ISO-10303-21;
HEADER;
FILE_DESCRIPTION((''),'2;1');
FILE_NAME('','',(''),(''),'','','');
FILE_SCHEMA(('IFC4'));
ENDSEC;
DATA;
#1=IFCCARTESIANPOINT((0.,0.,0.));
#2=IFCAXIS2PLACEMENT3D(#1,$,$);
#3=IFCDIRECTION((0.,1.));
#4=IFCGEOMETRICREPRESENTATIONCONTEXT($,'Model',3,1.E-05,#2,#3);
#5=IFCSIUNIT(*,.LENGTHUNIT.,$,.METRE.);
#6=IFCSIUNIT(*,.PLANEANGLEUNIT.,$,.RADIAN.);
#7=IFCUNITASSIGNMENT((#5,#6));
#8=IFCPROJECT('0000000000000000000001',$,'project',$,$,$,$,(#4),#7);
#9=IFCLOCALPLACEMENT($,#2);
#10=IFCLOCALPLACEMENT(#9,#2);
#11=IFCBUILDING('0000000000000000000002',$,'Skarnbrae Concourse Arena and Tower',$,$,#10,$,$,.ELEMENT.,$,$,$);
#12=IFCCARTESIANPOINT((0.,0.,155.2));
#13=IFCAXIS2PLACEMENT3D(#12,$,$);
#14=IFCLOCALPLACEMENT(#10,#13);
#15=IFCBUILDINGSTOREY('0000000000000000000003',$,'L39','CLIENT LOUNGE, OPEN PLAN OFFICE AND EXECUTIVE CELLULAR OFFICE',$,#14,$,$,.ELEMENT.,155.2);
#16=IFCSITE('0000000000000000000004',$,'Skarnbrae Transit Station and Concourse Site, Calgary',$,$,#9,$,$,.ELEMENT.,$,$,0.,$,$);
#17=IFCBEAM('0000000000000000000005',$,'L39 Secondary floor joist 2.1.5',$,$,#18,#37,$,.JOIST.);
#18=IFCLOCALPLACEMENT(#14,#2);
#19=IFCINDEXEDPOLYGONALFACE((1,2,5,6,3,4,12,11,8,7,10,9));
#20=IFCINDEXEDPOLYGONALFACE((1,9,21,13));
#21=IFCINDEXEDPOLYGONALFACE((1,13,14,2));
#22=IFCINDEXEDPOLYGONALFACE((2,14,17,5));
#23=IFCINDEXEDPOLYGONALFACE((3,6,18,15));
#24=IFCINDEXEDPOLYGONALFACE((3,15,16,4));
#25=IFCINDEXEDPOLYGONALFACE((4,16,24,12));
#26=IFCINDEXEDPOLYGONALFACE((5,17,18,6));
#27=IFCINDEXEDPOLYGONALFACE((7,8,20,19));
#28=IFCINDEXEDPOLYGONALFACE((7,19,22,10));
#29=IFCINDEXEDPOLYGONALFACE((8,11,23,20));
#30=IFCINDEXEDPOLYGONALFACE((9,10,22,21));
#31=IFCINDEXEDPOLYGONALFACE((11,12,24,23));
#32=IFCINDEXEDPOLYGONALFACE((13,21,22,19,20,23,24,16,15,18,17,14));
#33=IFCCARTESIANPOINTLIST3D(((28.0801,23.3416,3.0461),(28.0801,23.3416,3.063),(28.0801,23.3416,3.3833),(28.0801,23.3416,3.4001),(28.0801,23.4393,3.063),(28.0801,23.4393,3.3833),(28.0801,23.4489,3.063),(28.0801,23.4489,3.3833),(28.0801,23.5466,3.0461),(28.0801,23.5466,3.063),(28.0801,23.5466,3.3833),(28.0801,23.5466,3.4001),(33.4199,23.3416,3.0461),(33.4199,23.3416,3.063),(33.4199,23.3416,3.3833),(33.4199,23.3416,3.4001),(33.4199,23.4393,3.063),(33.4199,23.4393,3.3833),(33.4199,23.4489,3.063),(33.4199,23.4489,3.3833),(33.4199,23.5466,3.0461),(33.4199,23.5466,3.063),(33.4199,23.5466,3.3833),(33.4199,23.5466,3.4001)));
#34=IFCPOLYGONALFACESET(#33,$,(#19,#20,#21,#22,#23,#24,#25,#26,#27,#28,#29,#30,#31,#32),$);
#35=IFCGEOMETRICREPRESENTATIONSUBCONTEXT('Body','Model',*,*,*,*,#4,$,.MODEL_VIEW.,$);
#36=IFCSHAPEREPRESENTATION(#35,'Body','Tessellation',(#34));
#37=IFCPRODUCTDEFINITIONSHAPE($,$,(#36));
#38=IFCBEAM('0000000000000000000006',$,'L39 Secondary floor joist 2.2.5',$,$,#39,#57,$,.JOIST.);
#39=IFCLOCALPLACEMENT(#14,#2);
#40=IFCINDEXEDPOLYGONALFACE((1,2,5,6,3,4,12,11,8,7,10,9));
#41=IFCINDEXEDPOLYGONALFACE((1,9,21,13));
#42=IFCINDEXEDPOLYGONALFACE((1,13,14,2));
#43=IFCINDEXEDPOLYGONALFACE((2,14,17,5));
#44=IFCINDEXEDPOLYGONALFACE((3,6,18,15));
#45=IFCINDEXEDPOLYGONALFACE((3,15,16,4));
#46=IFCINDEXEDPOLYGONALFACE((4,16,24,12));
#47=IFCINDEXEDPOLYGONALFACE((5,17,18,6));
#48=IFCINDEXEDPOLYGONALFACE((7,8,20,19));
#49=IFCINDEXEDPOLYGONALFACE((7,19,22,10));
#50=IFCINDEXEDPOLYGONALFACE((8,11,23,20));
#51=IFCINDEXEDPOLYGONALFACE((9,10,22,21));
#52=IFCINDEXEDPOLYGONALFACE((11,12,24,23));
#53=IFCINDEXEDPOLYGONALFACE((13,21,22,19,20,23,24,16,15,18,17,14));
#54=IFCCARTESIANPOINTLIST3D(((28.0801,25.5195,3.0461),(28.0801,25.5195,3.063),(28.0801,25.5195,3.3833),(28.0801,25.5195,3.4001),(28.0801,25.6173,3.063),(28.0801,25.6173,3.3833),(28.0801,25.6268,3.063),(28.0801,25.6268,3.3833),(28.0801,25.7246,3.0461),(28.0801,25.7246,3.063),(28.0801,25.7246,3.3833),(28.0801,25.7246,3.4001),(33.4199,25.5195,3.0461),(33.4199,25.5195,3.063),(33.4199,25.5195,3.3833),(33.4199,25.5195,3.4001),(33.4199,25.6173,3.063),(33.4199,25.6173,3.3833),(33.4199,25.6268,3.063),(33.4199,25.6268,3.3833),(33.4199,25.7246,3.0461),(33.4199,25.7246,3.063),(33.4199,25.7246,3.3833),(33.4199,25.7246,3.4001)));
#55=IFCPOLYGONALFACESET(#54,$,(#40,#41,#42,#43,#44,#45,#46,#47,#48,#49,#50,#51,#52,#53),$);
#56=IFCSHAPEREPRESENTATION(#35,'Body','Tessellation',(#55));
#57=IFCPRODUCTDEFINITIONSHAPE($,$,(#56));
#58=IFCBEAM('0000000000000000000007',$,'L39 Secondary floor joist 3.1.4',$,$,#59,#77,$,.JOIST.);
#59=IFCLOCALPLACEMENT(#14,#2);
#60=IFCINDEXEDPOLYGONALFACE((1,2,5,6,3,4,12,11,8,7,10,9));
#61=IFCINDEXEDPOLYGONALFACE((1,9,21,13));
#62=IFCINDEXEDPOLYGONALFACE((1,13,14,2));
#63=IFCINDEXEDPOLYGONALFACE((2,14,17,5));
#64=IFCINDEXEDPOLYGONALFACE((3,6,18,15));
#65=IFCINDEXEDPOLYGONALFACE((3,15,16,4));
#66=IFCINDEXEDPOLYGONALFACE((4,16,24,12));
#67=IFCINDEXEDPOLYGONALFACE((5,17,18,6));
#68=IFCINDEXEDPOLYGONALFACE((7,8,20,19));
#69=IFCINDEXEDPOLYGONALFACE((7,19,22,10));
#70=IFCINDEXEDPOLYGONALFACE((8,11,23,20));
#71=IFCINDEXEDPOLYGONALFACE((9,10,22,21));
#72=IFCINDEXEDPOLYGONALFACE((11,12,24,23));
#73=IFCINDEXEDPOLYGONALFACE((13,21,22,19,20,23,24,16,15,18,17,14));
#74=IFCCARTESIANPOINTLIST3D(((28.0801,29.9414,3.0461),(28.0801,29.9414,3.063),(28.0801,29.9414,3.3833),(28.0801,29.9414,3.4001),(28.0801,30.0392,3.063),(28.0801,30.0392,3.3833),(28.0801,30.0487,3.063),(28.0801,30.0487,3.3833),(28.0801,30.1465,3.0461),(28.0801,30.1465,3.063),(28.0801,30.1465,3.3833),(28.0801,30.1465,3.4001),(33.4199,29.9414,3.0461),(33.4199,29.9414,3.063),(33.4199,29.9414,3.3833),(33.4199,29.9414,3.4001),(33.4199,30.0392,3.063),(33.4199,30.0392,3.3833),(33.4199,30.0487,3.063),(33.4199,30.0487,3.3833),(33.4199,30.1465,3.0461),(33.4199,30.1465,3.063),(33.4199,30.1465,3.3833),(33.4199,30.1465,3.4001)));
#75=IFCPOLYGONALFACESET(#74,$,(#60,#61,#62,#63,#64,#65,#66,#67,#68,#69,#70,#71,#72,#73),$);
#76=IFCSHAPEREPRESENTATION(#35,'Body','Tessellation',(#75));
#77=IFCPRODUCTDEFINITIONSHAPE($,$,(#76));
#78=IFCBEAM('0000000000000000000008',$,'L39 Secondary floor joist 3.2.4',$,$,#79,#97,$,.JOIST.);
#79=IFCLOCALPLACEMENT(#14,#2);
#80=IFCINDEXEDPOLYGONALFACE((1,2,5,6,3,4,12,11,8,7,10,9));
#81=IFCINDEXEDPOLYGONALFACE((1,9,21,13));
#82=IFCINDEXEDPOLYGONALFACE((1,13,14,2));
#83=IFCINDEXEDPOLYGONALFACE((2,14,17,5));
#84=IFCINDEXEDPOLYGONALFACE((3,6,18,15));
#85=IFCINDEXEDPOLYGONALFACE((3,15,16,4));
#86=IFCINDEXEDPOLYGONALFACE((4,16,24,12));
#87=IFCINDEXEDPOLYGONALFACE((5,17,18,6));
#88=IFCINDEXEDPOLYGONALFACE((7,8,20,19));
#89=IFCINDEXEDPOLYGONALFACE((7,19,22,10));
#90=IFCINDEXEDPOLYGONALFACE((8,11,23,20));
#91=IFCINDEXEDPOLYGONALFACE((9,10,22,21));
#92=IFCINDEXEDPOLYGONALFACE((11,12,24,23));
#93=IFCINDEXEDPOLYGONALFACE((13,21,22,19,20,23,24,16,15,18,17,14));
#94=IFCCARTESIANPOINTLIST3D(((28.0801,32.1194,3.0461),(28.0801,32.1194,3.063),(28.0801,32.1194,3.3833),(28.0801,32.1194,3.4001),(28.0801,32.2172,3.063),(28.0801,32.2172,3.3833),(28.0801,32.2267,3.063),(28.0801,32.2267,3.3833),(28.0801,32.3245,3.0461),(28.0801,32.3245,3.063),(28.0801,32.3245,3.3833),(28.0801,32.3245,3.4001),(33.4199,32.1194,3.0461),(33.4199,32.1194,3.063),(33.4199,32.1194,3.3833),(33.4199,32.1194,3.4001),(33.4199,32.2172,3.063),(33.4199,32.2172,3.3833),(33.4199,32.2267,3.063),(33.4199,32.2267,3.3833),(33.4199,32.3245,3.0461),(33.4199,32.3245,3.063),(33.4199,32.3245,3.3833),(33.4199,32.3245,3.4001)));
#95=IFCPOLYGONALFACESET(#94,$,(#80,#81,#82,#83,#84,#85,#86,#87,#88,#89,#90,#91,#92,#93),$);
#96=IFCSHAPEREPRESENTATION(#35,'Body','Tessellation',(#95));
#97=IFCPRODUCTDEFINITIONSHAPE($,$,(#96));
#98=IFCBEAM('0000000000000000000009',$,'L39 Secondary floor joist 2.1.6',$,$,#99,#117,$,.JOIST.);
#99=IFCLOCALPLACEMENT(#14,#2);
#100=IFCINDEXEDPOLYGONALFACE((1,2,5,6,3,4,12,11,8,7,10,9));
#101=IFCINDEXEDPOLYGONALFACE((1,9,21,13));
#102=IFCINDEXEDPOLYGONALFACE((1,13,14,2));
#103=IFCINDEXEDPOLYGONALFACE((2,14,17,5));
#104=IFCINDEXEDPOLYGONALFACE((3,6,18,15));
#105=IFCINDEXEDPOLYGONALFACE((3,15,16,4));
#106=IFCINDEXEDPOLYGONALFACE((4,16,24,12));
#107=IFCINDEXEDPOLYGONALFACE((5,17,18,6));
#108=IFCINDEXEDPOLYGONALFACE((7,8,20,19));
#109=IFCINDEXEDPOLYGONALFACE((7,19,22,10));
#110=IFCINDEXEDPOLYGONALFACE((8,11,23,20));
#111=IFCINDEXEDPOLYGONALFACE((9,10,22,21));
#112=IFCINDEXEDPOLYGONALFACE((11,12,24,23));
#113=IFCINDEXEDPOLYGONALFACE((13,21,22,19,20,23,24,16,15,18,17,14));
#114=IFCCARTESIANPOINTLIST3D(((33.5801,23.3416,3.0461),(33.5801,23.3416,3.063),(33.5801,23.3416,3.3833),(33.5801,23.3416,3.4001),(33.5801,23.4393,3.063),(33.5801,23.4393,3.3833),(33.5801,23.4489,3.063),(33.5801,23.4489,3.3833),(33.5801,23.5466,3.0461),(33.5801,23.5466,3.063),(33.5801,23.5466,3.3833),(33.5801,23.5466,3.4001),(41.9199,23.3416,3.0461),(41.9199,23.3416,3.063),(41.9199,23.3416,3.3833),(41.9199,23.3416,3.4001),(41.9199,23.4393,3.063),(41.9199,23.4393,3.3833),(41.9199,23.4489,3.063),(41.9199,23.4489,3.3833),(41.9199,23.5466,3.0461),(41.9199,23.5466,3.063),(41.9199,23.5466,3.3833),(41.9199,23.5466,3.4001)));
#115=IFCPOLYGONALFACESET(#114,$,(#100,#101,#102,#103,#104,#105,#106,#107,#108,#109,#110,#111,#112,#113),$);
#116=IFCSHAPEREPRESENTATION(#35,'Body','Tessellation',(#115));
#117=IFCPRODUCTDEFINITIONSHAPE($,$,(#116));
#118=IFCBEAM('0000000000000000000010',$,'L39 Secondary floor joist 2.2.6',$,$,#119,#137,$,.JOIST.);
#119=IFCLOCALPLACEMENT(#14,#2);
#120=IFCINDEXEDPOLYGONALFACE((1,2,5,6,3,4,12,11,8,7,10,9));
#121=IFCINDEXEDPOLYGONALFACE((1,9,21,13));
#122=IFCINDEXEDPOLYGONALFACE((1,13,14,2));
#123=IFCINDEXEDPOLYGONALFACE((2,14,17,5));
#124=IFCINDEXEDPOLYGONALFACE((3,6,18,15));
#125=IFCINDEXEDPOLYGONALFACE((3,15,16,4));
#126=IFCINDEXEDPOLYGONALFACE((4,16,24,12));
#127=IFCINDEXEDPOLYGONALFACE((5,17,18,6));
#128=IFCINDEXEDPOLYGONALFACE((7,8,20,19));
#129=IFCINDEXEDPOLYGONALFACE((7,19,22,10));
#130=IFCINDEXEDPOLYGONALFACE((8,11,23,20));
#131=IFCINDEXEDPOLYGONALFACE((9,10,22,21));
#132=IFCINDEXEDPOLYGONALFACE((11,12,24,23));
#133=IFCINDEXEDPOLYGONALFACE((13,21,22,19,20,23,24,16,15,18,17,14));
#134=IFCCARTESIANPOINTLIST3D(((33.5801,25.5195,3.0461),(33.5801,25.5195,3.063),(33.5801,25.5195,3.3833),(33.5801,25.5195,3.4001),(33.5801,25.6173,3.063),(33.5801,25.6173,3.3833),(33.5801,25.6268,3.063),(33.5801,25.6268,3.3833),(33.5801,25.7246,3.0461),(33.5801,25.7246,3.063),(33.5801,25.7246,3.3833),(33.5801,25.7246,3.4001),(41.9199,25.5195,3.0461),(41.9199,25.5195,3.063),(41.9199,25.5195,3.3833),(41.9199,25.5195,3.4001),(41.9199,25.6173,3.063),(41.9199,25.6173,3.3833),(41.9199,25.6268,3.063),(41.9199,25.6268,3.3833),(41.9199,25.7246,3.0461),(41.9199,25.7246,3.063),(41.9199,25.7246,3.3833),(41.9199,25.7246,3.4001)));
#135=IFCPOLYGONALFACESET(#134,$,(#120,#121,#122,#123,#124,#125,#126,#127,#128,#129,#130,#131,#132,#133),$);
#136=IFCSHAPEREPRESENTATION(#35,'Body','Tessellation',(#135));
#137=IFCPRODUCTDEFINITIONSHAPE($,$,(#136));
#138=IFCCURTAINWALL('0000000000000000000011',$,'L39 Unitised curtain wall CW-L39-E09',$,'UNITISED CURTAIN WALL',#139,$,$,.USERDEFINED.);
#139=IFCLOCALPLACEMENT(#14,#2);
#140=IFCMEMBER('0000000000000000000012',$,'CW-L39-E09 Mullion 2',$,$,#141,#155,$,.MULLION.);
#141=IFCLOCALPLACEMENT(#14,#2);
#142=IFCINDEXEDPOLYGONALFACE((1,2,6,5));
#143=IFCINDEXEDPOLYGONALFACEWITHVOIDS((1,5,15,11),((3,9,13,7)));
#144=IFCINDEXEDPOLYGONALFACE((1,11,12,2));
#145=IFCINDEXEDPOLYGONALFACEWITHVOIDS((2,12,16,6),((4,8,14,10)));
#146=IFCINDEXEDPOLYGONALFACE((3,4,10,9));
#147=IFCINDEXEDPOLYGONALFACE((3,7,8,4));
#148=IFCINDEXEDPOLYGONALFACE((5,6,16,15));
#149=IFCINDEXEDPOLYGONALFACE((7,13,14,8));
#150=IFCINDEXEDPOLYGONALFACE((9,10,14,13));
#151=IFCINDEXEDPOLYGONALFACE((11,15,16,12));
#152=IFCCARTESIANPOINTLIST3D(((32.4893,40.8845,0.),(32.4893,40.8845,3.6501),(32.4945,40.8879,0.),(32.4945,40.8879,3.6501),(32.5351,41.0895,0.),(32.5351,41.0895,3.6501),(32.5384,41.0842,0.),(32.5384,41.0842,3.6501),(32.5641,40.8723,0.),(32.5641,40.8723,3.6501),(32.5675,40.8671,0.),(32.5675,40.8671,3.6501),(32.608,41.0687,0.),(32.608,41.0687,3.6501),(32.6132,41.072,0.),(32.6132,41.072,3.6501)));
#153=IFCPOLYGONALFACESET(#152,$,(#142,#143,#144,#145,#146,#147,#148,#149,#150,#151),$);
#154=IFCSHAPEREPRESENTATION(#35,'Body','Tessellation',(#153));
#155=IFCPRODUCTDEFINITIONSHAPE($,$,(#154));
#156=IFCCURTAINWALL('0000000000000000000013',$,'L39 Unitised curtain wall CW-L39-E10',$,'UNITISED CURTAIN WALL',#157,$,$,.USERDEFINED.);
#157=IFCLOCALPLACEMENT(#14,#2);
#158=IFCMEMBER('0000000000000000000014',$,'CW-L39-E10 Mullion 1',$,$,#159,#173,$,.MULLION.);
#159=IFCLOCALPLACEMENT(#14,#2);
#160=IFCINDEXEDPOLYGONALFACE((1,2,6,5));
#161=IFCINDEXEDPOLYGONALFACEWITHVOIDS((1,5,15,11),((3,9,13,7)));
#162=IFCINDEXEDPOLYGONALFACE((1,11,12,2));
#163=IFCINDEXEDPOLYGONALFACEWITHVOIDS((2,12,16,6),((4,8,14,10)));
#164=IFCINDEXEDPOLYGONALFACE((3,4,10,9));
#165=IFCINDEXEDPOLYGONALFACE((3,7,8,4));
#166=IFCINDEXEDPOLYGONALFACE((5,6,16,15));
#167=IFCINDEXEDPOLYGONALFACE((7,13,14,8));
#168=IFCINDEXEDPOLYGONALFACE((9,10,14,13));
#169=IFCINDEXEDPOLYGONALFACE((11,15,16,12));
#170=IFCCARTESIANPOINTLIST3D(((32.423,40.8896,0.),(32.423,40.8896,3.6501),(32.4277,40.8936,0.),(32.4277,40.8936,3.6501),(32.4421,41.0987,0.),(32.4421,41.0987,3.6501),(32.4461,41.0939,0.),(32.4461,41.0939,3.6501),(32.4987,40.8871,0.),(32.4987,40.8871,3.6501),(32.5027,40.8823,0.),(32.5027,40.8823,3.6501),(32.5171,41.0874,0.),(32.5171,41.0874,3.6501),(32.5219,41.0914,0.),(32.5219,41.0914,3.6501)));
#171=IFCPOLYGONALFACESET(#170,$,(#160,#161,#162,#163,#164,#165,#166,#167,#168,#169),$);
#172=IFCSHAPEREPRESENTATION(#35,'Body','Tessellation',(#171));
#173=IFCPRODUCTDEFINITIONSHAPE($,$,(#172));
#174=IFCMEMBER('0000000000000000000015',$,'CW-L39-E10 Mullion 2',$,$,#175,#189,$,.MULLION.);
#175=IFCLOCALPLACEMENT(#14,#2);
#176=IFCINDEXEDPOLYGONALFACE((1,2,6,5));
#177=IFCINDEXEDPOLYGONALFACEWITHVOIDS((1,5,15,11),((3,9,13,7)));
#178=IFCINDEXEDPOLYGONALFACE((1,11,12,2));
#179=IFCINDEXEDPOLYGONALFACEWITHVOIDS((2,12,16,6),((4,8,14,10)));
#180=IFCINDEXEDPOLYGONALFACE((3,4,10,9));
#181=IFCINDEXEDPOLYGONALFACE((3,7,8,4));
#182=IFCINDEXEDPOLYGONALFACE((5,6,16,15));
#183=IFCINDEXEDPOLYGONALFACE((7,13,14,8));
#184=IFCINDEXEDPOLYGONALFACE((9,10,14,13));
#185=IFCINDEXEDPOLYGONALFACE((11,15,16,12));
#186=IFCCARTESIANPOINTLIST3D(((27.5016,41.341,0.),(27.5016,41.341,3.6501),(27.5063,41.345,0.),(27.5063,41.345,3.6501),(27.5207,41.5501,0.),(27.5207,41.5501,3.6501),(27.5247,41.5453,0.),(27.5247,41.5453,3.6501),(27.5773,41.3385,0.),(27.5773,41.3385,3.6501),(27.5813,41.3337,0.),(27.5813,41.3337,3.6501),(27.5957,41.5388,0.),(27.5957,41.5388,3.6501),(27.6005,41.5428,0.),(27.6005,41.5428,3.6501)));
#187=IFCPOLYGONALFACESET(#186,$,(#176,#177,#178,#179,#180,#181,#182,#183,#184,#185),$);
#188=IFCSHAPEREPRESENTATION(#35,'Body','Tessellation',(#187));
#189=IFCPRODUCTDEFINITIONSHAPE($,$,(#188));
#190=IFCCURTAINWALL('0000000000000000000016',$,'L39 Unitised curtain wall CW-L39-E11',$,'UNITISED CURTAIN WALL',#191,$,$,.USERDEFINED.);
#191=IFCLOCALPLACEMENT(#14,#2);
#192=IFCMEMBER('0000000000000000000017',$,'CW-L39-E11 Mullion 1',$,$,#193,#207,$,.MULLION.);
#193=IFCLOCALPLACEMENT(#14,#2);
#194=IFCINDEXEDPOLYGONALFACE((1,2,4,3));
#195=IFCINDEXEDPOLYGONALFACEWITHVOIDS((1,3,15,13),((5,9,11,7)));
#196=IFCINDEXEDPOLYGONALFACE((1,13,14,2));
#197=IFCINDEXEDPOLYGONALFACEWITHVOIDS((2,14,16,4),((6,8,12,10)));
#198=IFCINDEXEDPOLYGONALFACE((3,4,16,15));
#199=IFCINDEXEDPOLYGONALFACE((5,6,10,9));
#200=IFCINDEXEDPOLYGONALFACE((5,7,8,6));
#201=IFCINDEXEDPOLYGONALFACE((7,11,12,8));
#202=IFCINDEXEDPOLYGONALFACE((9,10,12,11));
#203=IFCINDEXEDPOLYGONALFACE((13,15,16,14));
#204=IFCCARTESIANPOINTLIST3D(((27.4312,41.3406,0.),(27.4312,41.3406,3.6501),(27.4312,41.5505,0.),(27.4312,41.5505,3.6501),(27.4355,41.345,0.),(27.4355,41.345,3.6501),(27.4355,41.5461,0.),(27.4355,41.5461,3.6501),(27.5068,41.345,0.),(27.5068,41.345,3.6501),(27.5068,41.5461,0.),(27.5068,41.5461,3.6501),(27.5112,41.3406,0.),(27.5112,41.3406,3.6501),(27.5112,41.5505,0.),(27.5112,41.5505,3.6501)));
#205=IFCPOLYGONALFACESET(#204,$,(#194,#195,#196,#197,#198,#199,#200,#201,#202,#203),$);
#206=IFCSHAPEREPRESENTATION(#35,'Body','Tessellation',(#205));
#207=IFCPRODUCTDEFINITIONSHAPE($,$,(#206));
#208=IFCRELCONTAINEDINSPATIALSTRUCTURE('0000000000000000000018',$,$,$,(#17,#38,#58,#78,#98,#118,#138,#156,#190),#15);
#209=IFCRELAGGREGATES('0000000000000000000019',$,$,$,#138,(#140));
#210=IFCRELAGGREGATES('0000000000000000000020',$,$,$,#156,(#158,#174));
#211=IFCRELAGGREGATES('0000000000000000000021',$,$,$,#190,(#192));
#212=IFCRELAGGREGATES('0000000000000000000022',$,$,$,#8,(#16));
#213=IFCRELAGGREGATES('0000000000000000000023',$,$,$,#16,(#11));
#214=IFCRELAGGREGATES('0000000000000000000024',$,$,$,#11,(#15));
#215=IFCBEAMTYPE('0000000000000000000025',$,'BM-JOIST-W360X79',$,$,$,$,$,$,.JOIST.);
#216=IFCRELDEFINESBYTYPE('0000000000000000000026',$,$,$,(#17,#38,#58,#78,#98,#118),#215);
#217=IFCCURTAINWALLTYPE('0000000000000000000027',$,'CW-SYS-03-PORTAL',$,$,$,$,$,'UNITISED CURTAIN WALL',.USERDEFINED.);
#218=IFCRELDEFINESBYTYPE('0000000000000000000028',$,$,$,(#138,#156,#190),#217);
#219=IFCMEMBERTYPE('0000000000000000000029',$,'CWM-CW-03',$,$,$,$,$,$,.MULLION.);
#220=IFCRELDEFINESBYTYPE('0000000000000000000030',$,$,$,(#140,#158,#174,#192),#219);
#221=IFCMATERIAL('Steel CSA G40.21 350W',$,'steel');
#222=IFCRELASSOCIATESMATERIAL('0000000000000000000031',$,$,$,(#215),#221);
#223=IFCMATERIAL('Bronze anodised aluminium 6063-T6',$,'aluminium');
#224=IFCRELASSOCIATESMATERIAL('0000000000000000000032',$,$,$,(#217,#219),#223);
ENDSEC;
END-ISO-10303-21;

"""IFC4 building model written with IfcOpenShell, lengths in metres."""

from ifc_helpers import new_model, si_unit, direction, frame, origin, origin_2d, place, context, subcontext, project, spatial, hollow_rectangle, i_section, extrude, source, transform, mapped, material, material_profile, profile_set, type_object, element, aggregate, save


model = new_model("IFC4")

# Units and contexts
model_context = context("Model", 3, precision=1e-05, world=origin(), true_north=direction((0.0, 1.0)))
body_context = subcontext(model_context, "Body", "Model", "MODEL_VIEW")
ifc_project = project(units=[si_unit("LENGTHUNIT", "METRE"), si_unit("PLANEANGLEUNIT", "RADIAN")], contexts=[model_context])

# Site, building, storey
site_placement = place(None, origin())
site = spatial("IfcSite", under=ifc_project, at=site_placement, Name="Skarnbrae Transit Station and Concourse Site, Calgary", CompositionType="ELEMENT", RefElevation=0.0)
building_placement = place(site_placement, origin())
building = spatial("IfcBuilding", under=site, at=building_placement, Name="Skarnbrae Concourse Arena and Tower", CompositionType="ELEMENT")
storey_placement = place(building_placement, frame((0.0, 0.0, 155.2)))
storey = spatial("IfcBuildingStorey", under=building, at=storey_placement, Name="L39", Description="CLIENT LOUNGE, OPEN PLAN OFFICE AND EXECUTIVE CELLULAR OFFICE", CompositionType="ELEMENT", Elevation=155.2)

# Shared definitions
ifc_material_1 = material(Name="Steel CSA G40.21 350W", Category="steel")

# Beams
ifc_material_profile_1 = material_profile(ifc_material_1, i_section(OverallWidth=0.2051, OverallDepth=0.354, WebThickness=0.0095, FlangeThickness=0.0168, at=origin_2d()), Name="W360X79")
ifc_profile_set_1 = profile_set([ifc_material_profile_1], Name="Steel CSA G40.21 350W")
beam_type_1 = type_object("IfcBeamType", Name="BM-JOIST-W360X79", PredefinedType="JOIST", material=ifc_profile_set_1)
shared_shape_1 = source(origin(), body_context, "Body", "SweptSolid", [
    extrude(i_section(OverallWidth=0.2051, OverallDepth=0.354, WebThickness=0.0095, FlangeThickness=0.0168, at=origin_2d()), origin(), (0.0, 0.0, 1.0), 5.3398),
])
for number, where, z_axis, x_axis, name in (
    (1, (28.0801, 23.4441, 3.2231), (1.0, 0.0, 0.0), (0.0, 1.0, 0.0), "L39 Secondary floor joist 2.1.5"),
    (2, (28.0801, 25.6221, 3.2231), (1.0, 0.0, 0.0), (0.0, 1.0, 0.0), "L39 Secondary floor joist 2.2.5"),
    (3, (28.0801, 30.0439, 3.2231), (1.0, 0.0, 0.0), (0.0, 1.0, 0.0), "L39 Secondary floor joist 3.1.4"),
    (4, (28.0801, 32.2219, 3.2231), (1.0, 0.0, 0.0), (0.0, 1.0, 0.0), "L39 Secondary floor joist 3.2.4"),
):
    element("IfcBeam", number, at=place(storey_placement, frame(where, z_axis=z_axis, x_axis=x_axis)), inside=storey, type_object=beam_type_1, Name=name, PredefinedType="JOIST", context=body_context, shape_type="MappedRepresentation", body=[
        mapped(shared_shape_1, transform((0.0, 0.0, 0.0))),
    ])
shared_shape_2 = source(origin(), body_context, "Body", "SweptSolid", [
    extrude(i_section(OverallWidth=0.2051, OverallDepth=0.354, WebThickness=0.0095, FlangeThickness=0.0168, at=origin_2d()), origin(), (0.0, 0.0, 1.0), 8.3398),
])
for number, where, z_axis, x_axis, name in (
    (5, (33.5801, 23.4441, 3.2231), (1.0, 0.0, 0.0), (0.0, 1.0, 0.0), "L39 Secondary floor joist 2.1.6"),
    (6, (33.5801, 25.6221, 3.2231), (1.0, 0.0, 0.0), (0.0, 1.0, 0.0), "L39 Secondary floor joist 2.2.6"),
):
    element("IfcBeam", number, at=place(storey_placement, frame(where, z_axis=z_axis, x_axis=x_axis)), inside=storey, type_object=beam_type_1, Name=name, PredefinedType="JOIST", context=body_context, shape_type="MappedRepresentation", body=[
        mapped(shared_shape_2, transform((0.0, 0.0, 0.0))),
    ])

# Curtain wall, member
ifc_material_2 = material(Name="Bronze anodised aluminium 6063-T6", Category="aluminium")
curtain_wall_type = type_object("IfcCurtainWallType", Name="CW-SYS-03-PORTAL", ElementType="UNITISED CURTAIN WALL", PredefinedType="USERDEFINED", material=ifc_material_2)
curtain_wall_1_placement = place(storey_placement, origin())
curtain_wall_1 = element("IfcCurtainWall", 7, at=curtain_wall_1_placement, inside=storey, type_object=curtain_wall_type, Name="L39 Unitised curtain wall CW-L39-E09", ObjectType="UNITISED CURTAIN WALL", PredefinedType="USERDEFINED")
ifc_material_profile_2 = material_profile(ifc_material_2, hollow_rectangle(XDim=0.0801, YDim=0.21, WallThickness=0.0044, at=origin_2d()), Name="ALU-MULL-80X210")
ifc_profile_set_2 = profile_set([ifc_material_profile_2], Name="Bronze anodised aluminium 6063-T6")
member_type_1 = type_object("IfcMemberType", Name="CWM-CW-03", PredefinedType="MULLION", material=ifc_profile_set_2)
shared_shape_3 = source(origin(), body_context, "Body", "SweptSolid", [
    extrude(hollow_rectangle(XDim=0.0801, YDim=0.21, WallThickness=0.0044, at=origin_2d()), origin(), (0.0, 0.0, 1.0), 3.6501),
])
member_1_placement = place(storey_placement, frame((32.5513, 40.9783, 0.0), z_axis=(0.0, 0.0, 1.0), x_axis=(-0.975936, 0.218056, 0.0)))
member_1 = element("IfcMember", 8, at=member_1_placement, type_object=member_type_1, Name="CW-L39-E09 Mullion 2", PredefinedType="MULLION", context=body_context, shape_type="MappedRepresentation", body=[
    mapped(shared_shape_3, transform((0.0, 0.0, 0.0))),
])
aggregate(curtain_wall_1, [member_1])

# Curtain walls, members
curtain_wall_2_placement = place(storey_placement, origin())
curtain_wall_2 = element("IfcCurtainWall", 9, at=curtain_wall_2_placement, inside=storey, type_object=curtain_wall_type, Name="L39 Unitised curtain wall CW-L39-E10", ObjectType="UNITISED CURTAIN WALL", PredefinedType="USERDEFINED")
member_2_placement = place(storey_placement, frame((32.4724, 40.9905, 0.0), z_axis=(0.0, 0.0, 1.0), x_axis=(-0.99582, 0.091338, 0.0)))
member_2 = element("IfcMember", 10, at=member_2_placement, type_object=member_type_1, Name="CW-L39-E10 Mullion 1", PredefinedType="MULLION", context=body_context, shape_type="MappedRepresentation", body=[
    mapped(shared_shape_3, transform((0.0, 0.0, 0.0))),
])
member_3_placement = place(storey_placement, frame((27.551, 41.4419, 0.0), z_axis=(0.0, 0.0, 1.0), x_axis=(-0.99582, 0.091338, 0.0)))
member_3 = element("IfcMember", 11, at=member_3_placement, type_object=member_type_1, Name="CW-L39-E10 Mullion 2", PredefinedType="MULLION", context=body_context, shape_type="MappedRepresentation", body=[
    mapped(shared_shape_3, transform((0.0, 0.0, 0.0))),
])
curtain_wall_3_placement = place(storey_placement, origin())
curtain_wall_3 = element("IfcCurtainWall", 12, at=curtain_wall_3_placement, inside=storey, type_object=curtain_wall_type, Name="L39 Unitised curtain wall CW-L39-E11", ObjectType="UNITISED CURTAIN WALL", PredefinedType="USERDEFINED")
member_4_placement = place(storey_placement, frame((27.4712, 41.4456, 0.0), z_axis=(0.0, 0.0, 1.0), x_axis=(-1.0, 0.0, 0.0)))
member_4 = element("IfcMember", 13, at=member_4_placement, type_object=member_type_1, Name="CW-L39-E11 Mullion 1", PredefinedType="MULLION", context=body_context, shape_type="MappedRepresentation", body=[
    mapped(shared_shape_3, transform((0.0, 0.0, 0.0))),
])

aggregate(curtain_wall_2, [member_2, member_3])
aggregate(curtain_wall_3, [member_4])

save(model, "model.ifc")
